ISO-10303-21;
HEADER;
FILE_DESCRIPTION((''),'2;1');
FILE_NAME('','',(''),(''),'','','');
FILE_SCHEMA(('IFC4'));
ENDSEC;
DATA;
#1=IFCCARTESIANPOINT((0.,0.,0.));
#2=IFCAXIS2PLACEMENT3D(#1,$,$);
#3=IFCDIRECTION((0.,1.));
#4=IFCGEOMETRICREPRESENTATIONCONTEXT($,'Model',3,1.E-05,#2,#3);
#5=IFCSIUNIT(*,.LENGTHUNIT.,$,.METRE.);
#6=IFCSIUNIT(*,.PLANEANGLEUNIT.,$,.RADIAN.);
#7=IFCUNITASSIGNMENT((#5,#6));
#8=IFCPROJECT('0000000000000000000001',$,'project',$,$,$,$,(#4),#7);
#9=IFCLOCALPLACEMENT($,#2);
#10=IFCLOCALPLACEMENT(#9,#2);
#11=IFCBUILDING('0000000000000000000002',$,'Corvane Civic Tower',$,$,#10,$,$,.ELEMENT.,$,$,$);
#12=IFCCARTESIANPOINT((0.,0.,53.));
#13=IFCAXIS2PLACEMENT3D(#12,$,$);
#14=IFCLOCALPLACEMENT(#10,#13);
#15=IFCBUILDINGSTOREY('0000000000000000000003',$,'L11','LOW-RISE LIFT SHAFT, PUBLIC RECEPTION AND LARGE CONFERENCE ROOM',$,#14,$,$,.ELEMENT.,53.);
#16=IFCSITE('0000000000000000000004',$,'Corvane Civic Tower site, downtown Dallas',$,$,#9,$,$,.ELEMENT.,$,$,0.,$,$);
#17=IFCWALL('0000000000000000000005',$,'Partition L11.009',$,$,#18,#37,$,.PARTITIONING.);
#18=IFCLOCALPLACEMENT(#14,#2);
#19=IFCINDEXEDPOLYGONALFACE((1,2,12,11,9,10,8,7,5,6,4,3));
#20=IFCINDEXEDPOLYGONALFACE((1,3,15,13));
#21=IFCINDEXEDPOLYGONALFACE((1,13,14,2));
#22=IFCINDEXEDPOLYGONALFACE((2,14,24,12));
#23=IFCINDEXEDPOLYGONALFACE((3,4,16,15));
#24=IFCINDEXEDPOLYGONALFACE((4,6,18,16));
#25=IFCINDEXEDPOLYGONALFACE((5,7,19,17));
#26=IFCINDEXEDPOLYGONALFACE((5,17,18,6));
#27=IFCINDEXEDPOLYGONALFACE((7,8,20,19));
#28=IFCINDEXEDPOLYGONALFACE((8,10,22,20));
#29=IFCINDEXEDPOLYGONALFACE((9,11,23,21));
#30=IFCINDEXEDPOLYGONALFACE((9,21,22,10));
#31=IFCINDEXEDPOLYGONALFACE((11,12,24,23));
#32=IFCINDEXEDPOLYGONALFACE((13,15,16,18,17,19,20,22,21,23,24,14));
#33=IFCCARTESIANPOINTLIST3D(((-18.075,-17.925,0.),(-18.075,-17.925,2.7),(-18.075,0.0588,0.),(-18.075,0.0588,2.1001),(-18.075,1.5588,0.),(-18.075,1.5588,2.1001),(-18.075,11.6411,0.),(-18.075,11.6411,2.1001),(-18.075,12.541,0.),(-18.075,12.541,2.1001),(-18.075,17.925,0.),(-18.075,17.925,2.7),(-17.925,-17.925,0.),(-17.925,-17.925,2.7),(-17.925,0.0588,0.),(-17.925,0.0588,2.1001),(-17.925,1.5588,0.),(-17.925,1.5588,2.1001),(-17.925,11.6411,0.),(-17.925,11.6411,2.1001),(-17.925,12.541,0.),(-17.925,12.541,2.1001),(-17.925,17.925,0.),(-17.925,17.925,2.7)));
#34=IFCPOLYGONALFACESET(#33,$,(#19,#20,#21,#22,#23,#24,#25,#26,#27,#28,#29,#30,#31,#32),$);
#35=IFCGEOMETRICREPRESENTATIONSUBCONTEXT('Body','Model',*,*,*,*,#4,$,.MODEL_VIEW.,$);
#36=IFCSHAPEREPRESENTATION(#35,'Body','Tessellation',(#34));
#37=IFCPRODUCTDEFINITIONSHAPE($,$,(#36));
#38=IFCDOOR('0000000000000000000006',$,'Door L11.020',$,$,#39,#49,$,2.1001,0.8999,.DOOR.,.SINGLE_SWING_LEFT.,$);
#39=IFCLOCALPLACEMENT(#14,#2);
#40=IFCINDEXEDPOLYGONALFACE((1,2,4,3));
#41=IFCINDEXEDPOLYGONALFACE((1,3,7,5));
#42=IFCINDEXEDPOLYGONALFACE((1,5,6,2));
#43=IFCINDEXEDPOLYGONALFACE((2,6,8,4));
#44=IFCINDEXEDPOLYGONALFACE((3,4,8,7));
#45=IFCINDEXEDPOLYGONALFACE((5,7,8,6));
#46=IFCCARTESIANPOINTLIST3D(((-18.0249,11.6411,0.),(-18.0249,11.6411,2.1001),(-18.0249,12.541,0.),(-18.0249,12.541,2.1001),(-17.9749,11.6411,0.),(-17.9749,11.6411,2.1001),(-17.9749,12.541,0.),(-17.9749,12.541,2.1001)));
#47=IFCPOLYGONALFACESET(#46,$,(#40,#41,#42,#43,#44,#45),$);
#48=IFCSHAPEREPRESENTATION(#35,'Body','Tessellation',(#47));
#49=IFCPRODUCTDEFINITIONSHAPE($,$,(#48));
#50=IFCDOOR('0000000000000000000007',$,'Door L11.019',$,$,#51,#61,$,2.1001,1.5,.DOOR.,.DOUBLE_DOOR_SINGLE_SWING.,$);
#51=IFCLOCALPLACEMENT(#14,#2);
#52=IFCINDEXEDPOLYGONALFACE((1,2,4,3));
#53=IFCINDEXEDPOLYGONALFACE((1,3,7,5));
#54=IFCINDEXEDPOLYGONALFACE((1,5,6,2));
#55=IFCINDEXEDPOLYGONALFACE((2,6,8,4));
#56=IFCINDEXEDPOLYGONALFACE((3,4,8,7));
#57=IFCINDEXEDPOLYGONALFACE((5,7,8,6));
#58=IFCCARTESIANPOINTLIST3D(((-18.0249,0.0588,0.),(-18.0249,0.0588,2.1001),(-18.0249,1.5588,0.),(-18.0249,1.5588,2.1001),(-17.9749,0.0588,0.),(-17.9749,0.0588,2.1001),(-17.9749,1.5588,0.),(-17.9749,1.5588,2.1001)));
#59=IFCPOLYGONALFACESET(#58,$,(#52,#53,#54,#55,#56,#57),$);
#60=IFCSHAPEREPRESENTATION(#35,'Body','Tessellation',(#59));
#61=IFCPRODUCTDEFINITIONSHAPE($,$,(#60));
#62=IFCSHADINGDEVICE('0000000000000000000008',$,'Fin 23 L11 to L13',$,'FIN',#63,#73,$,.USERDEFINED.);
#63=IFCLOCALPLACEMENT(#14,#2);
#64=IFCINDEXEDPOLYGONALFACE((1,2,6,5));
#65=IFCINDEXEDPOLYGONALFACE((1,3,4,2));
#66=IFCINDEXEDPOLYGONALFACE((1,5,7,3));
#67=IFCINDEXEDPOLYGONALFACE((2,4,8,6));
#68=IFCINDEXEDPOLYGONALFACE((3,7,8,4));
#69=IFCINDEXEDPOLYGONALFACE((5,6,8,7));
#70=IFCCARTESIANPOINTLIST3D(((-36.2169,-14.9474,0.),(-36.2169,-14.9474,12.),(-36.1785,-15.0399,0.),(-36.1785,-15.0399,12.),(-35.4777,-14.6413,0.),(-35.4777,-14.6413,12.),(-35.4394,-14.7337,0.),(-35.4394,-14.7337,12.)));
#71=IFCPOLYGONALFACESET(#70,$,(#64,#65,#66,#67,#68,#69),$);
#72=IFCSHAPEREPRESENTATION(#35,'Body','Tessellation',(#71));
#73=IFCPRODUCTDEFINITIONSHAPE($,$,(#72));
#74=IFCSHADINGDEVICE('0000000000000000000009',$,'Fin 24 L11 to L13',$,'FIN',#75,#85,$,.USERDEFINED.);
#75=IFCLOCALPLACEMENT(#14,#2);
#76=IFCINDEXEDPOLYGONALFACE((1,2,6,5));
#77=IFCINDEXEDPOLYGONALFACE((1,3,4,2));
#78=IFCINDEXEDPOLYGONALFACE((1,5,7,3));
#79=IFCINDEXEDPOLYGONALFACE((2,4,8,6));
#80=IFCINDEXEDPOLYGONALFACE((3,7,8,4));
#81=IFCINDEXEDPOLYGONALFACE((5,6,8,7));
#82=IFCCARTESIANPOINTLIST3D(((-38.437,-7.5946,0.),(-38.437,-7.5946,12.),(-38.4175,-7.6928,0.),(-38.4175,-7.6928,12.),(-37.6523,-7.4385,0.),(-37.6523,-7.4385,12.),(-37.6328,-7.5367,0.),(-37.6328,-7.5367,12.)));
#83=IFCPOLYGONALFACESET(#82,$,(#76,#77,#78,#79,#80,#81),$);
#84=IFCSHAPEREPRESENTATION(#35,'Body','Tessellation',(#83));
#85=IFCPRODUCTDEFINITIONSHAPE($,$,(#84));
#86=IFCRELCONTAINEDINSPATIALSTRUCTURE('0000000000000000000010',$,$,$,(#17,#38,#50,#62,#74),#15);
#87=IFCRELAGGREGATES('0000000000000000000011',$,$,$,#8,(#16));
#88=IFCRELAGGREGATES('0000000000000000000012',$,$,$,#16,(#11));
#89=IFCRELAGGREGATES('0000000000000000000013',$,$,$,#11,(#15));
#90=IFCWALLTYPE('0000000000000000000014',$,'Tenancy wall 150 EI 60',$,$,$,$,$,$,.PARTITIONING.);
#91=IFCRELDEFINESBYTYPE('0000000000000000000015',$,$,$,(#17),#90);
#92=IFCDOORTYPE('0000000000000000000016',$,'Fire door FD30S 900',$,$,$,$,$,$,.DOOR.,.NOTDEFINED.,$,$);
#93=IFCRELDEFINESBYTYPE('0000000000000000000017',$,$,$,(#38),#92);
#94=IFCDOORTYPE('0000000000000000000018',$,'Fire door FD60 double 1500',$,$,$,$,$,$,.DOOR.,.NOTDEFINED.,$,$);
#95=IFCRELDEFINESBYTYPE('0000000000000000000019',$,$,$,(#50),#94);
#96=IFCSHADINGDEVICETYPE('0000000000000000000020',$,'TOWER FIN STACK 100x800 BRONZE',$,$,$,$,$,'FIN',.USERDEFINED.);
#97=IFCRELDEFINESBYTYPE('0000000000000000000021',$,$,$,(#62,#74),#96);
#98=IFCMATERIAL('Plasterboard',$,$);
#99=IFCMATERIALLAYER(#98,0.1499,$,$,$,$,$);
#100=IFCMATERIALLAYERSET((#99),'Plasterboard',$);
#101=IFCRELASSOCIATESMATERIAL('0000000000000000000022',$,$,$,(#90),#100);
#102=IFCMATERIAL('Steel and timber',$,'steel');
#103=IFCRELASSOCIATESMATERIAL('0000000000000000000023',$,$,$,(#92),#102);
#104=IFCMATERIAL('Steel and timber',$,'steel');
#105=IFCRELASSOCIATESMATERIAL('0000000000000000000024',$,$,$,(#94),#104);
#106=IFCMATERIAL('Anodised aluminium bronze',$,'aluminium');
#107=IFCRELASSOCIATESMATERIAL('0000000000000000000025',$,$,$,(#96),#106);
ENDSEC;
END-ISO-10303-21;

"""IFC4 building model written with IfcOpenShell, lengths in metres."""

from ifc_helpers import new_model, si_unit, direction, frame, frame_2d, origin, origin_2d, place, context, subcontext, project, spatial, rectangle, extrude, material, layer, layer_set, material_profile, profile_set, type_object, element, fill, save


model = new_model("IFC4")

# Units and contexts
model_context = context("Model", 3, precision=1e-05, world=origin(), true_north=direction((0.0, 1.0)))
body_context = subcontext(model_context, "Body", "Model", "MODEL_VIEW")
ifc_project = project(units=[si_unit("LENGTHUNIT", "METRE"), si_unit("PLANEANGLEUNIT", "RADIAN")], contexts=[model_context])

# Site, building, storey
site_placement = place(None, origin())
site = spatial("IfcSite", under=ifc_project, at=site_placement, Name="Corvane Civic Tower site, downtown Dallas", CompositionType="ELEMENT", RefElevation=0.0)
building_placement = place(site_placement, origin())
building = spatial("IfcBuilding", under=site, at=building_placement, Name="Corvane Civic Tower", CompositionType="ELEMENT")
storey_placement = place(building_placement, frame((0.0, 0.0, 53.0)))
storey = spatial("IfcBuildingStorey", under=building, at=storey_placement, Name="L11", Description="LOW-RISE LIFT SHAFT, PUBLIC RECEPTION AND LARGE CONFERENCE ROOM", CompositionType="ELEMENT", Elevation=53.0)

# Wall, openings, doors
ifc_material_1 = material(Name="Plasterboard")
ifc_layer_1 = layer(ifc_material_1, 0.1499)
ifc_layer_set_1 = layer_set([ifc_layer_1], Name="Plasterboard")
wall_type_1 = type_object("IfcWallType", Name="Tenancy wall 150 EI 60", PredefinedType="PARTITIONING", material=ifc_layer_set_1)
ifc_material_2 = material(Name="Steel and timber", Category="steel")
door_type_1 = type_object("IfcDoorType", Name="Fire door FD30S 900", OperationType="NOTDEFINED", PredefinedType="DOOR", material=ifc_material_2)
ifc_material_3 = material(Name="Steel and timber", Category="steel")
door_type_2 = type_object("IfcDoorType", Name="Fire door FD60 double 1500", OperationType="NOTDEFINED", PredefinedType="DOOR", material=ifc_material_3)
wall_1_placement = place(storey_placement, frame((-18.0, -17.925, 0.0), z_axis=(0.0, 0.0, 1.0), x_axis=(0.0, 1.0, 0.0)))
wall_1 = element("IfcWall", 1, at=wall_1_placement, inside=storey, type_object=wall_type_1, Name="Partition L11.009", PredefinedType="PARTITIONING", context=body_context, shape_type="SweptSolid", body=[
    extrude(rectangle(XDim=35.8501, YDim=0.1499, at=frame_2d((17.925, 0.0))), origin(), (0.0, 0.0, 1.0), 2.7),
])
opening_1_placement = place(wall_1_placement, frame((17.9839, 0.0, 0.0)))
opening_1 = element("IfcOpeningElement", 2, at=opening_1_placement, cuts=wall_1, PredefinedType="OPENING", context=body_context, shape_type="SweptSolid", body=[
    extrude(rectangle(XDim=1.5, YDim=2.1001, at=frame_2d((0.75, 1.05))), frame((0.0, 0.085, 0.0), z_axis=(0.0, -1.0, 0.0), x_axis=(1.0, 0.0, 0.0)), (0.0, 0.0, 1.0), 0.1699),
])
opening_2_placement = place(wall_1_placement, frame((29.5662, 0.0, 0.0)))
opening_2 = element("IfcOpeningElement", 3, at=opening_2_placement, cuts=wall_1, PredefinedType="OPENING", context=body_context, shape_type="SweptSolid", body=[
    extrude(rectangle(XDim=0.8999, YDim=2.1001, at=frame_2d((0.45, 1.05))), frame((0.0, 0.085, 0.0), z_axis=(0.0, -1.0, 0.0), x_axis=(1.0, 0.0, 0.0)), (0.0, 0.0, 1.0), 0.1699),
])
door_1_placement = place(opening_2_placement, origin())
door_1 = element("IfcDoor", 4, at=door_1_placement, inside=storey, type_object=door_type_1, Name="Door L11.020", OperationType="SINGLE_SWING_LEFT", OverallHeight=2.1001, OverallWidth=0.8999, PredefinedType="DOOR", context=body_context, shape_type="SweptSolid", body=[
    extrude(rectangle(XDim=0.8999, YDim=2.1001, at=frame_2d((0.45, 1.05))), frame((0.0, 0.0249, 0.0), z_axis=(0.0, -1.0, 0.0), x_axis=(1.0, 0.0, 0.0)), (0.0, 0.0, 1.0), 0.05),
])
fill(opening_2, door_1)
door_2_placement = place(opening_1_placement, origin())
door_2 = element("IfcDoor", 5, at=door_2_placement, inside=storey, type_object=door_type_2, Name="Door L11.019", OperationType="DOUBLE_DOOR_SINGLE_SWING", OverallHeight=2.1001, OverallWidth=1.5, PredefinedType="DOOR", context=body_context, shape_type="SweptSolid", body=[
    extrude(rectangle(XDim=1.5, YDim=2.1001, at=frame_2d((0.75, 1.05))), frame((0.0, 0.0249, 0.0), z_axis=(0.0, -1.0, 0.0), x_axis=(1.0, 0.0, 0.0)), (0.0, 0.0, 1.0), 0.05),
])
fill(opening_1, door_2)

# Shading devices
ifc_material_4 = material(Name="Anodised aluminium bronze", Category="aluminium")
ifc_material_profile_1 = material_profile(ifc_material_4, rectangle(XDim=0.1001, YDim=0.8, at=origin_2d()), Name="TOWER FIN STACK 100x800 BRONZE")
ifc_profile_set_1 = profile_set([ifc_material_profile_1], Name="Anodised aluminium bronze")
shading_device_type = type_object("IfcShadingDeviceType", Name="TOWER FIN STACK 100x800 BRONZE", ElementType="FIN", PredefinedType="USERDEFINED", material=ifc_profile_set_1)
for number, where, z_axis, x_axis, name in (
    (6, (-35.8281, -14.8406, 0.0), (0.0, 0.0, 1.0), (-0.382683, 0.92388, 0.0), "Fin 23 L11 to L13"),
    (7, (-38.0349, -7.5657, 0.0), (0.0, 0.0, 1.0), (-0.19509, 0.980785, 0.0), "Fin 24 L11 to L13"),
):
    element("IfcShadingDevice", number, at=place(storey_placement, frame(where, z_axis=z_axis, x_axis=x_axis)), inside=storey, type_object=shading_device_type, Name=name, ObjectType="FIN", PredefinedType="USERDEFINED", context=body_context, shape_type="SweptSolid", body=[
        extrude(rectangle(XDim=0.1001, YDim=0.8, at=origin_2d()), origin(), (0.0, 0.0, 1.0), 12.0),
    ])

save(model, "model.ifc")
